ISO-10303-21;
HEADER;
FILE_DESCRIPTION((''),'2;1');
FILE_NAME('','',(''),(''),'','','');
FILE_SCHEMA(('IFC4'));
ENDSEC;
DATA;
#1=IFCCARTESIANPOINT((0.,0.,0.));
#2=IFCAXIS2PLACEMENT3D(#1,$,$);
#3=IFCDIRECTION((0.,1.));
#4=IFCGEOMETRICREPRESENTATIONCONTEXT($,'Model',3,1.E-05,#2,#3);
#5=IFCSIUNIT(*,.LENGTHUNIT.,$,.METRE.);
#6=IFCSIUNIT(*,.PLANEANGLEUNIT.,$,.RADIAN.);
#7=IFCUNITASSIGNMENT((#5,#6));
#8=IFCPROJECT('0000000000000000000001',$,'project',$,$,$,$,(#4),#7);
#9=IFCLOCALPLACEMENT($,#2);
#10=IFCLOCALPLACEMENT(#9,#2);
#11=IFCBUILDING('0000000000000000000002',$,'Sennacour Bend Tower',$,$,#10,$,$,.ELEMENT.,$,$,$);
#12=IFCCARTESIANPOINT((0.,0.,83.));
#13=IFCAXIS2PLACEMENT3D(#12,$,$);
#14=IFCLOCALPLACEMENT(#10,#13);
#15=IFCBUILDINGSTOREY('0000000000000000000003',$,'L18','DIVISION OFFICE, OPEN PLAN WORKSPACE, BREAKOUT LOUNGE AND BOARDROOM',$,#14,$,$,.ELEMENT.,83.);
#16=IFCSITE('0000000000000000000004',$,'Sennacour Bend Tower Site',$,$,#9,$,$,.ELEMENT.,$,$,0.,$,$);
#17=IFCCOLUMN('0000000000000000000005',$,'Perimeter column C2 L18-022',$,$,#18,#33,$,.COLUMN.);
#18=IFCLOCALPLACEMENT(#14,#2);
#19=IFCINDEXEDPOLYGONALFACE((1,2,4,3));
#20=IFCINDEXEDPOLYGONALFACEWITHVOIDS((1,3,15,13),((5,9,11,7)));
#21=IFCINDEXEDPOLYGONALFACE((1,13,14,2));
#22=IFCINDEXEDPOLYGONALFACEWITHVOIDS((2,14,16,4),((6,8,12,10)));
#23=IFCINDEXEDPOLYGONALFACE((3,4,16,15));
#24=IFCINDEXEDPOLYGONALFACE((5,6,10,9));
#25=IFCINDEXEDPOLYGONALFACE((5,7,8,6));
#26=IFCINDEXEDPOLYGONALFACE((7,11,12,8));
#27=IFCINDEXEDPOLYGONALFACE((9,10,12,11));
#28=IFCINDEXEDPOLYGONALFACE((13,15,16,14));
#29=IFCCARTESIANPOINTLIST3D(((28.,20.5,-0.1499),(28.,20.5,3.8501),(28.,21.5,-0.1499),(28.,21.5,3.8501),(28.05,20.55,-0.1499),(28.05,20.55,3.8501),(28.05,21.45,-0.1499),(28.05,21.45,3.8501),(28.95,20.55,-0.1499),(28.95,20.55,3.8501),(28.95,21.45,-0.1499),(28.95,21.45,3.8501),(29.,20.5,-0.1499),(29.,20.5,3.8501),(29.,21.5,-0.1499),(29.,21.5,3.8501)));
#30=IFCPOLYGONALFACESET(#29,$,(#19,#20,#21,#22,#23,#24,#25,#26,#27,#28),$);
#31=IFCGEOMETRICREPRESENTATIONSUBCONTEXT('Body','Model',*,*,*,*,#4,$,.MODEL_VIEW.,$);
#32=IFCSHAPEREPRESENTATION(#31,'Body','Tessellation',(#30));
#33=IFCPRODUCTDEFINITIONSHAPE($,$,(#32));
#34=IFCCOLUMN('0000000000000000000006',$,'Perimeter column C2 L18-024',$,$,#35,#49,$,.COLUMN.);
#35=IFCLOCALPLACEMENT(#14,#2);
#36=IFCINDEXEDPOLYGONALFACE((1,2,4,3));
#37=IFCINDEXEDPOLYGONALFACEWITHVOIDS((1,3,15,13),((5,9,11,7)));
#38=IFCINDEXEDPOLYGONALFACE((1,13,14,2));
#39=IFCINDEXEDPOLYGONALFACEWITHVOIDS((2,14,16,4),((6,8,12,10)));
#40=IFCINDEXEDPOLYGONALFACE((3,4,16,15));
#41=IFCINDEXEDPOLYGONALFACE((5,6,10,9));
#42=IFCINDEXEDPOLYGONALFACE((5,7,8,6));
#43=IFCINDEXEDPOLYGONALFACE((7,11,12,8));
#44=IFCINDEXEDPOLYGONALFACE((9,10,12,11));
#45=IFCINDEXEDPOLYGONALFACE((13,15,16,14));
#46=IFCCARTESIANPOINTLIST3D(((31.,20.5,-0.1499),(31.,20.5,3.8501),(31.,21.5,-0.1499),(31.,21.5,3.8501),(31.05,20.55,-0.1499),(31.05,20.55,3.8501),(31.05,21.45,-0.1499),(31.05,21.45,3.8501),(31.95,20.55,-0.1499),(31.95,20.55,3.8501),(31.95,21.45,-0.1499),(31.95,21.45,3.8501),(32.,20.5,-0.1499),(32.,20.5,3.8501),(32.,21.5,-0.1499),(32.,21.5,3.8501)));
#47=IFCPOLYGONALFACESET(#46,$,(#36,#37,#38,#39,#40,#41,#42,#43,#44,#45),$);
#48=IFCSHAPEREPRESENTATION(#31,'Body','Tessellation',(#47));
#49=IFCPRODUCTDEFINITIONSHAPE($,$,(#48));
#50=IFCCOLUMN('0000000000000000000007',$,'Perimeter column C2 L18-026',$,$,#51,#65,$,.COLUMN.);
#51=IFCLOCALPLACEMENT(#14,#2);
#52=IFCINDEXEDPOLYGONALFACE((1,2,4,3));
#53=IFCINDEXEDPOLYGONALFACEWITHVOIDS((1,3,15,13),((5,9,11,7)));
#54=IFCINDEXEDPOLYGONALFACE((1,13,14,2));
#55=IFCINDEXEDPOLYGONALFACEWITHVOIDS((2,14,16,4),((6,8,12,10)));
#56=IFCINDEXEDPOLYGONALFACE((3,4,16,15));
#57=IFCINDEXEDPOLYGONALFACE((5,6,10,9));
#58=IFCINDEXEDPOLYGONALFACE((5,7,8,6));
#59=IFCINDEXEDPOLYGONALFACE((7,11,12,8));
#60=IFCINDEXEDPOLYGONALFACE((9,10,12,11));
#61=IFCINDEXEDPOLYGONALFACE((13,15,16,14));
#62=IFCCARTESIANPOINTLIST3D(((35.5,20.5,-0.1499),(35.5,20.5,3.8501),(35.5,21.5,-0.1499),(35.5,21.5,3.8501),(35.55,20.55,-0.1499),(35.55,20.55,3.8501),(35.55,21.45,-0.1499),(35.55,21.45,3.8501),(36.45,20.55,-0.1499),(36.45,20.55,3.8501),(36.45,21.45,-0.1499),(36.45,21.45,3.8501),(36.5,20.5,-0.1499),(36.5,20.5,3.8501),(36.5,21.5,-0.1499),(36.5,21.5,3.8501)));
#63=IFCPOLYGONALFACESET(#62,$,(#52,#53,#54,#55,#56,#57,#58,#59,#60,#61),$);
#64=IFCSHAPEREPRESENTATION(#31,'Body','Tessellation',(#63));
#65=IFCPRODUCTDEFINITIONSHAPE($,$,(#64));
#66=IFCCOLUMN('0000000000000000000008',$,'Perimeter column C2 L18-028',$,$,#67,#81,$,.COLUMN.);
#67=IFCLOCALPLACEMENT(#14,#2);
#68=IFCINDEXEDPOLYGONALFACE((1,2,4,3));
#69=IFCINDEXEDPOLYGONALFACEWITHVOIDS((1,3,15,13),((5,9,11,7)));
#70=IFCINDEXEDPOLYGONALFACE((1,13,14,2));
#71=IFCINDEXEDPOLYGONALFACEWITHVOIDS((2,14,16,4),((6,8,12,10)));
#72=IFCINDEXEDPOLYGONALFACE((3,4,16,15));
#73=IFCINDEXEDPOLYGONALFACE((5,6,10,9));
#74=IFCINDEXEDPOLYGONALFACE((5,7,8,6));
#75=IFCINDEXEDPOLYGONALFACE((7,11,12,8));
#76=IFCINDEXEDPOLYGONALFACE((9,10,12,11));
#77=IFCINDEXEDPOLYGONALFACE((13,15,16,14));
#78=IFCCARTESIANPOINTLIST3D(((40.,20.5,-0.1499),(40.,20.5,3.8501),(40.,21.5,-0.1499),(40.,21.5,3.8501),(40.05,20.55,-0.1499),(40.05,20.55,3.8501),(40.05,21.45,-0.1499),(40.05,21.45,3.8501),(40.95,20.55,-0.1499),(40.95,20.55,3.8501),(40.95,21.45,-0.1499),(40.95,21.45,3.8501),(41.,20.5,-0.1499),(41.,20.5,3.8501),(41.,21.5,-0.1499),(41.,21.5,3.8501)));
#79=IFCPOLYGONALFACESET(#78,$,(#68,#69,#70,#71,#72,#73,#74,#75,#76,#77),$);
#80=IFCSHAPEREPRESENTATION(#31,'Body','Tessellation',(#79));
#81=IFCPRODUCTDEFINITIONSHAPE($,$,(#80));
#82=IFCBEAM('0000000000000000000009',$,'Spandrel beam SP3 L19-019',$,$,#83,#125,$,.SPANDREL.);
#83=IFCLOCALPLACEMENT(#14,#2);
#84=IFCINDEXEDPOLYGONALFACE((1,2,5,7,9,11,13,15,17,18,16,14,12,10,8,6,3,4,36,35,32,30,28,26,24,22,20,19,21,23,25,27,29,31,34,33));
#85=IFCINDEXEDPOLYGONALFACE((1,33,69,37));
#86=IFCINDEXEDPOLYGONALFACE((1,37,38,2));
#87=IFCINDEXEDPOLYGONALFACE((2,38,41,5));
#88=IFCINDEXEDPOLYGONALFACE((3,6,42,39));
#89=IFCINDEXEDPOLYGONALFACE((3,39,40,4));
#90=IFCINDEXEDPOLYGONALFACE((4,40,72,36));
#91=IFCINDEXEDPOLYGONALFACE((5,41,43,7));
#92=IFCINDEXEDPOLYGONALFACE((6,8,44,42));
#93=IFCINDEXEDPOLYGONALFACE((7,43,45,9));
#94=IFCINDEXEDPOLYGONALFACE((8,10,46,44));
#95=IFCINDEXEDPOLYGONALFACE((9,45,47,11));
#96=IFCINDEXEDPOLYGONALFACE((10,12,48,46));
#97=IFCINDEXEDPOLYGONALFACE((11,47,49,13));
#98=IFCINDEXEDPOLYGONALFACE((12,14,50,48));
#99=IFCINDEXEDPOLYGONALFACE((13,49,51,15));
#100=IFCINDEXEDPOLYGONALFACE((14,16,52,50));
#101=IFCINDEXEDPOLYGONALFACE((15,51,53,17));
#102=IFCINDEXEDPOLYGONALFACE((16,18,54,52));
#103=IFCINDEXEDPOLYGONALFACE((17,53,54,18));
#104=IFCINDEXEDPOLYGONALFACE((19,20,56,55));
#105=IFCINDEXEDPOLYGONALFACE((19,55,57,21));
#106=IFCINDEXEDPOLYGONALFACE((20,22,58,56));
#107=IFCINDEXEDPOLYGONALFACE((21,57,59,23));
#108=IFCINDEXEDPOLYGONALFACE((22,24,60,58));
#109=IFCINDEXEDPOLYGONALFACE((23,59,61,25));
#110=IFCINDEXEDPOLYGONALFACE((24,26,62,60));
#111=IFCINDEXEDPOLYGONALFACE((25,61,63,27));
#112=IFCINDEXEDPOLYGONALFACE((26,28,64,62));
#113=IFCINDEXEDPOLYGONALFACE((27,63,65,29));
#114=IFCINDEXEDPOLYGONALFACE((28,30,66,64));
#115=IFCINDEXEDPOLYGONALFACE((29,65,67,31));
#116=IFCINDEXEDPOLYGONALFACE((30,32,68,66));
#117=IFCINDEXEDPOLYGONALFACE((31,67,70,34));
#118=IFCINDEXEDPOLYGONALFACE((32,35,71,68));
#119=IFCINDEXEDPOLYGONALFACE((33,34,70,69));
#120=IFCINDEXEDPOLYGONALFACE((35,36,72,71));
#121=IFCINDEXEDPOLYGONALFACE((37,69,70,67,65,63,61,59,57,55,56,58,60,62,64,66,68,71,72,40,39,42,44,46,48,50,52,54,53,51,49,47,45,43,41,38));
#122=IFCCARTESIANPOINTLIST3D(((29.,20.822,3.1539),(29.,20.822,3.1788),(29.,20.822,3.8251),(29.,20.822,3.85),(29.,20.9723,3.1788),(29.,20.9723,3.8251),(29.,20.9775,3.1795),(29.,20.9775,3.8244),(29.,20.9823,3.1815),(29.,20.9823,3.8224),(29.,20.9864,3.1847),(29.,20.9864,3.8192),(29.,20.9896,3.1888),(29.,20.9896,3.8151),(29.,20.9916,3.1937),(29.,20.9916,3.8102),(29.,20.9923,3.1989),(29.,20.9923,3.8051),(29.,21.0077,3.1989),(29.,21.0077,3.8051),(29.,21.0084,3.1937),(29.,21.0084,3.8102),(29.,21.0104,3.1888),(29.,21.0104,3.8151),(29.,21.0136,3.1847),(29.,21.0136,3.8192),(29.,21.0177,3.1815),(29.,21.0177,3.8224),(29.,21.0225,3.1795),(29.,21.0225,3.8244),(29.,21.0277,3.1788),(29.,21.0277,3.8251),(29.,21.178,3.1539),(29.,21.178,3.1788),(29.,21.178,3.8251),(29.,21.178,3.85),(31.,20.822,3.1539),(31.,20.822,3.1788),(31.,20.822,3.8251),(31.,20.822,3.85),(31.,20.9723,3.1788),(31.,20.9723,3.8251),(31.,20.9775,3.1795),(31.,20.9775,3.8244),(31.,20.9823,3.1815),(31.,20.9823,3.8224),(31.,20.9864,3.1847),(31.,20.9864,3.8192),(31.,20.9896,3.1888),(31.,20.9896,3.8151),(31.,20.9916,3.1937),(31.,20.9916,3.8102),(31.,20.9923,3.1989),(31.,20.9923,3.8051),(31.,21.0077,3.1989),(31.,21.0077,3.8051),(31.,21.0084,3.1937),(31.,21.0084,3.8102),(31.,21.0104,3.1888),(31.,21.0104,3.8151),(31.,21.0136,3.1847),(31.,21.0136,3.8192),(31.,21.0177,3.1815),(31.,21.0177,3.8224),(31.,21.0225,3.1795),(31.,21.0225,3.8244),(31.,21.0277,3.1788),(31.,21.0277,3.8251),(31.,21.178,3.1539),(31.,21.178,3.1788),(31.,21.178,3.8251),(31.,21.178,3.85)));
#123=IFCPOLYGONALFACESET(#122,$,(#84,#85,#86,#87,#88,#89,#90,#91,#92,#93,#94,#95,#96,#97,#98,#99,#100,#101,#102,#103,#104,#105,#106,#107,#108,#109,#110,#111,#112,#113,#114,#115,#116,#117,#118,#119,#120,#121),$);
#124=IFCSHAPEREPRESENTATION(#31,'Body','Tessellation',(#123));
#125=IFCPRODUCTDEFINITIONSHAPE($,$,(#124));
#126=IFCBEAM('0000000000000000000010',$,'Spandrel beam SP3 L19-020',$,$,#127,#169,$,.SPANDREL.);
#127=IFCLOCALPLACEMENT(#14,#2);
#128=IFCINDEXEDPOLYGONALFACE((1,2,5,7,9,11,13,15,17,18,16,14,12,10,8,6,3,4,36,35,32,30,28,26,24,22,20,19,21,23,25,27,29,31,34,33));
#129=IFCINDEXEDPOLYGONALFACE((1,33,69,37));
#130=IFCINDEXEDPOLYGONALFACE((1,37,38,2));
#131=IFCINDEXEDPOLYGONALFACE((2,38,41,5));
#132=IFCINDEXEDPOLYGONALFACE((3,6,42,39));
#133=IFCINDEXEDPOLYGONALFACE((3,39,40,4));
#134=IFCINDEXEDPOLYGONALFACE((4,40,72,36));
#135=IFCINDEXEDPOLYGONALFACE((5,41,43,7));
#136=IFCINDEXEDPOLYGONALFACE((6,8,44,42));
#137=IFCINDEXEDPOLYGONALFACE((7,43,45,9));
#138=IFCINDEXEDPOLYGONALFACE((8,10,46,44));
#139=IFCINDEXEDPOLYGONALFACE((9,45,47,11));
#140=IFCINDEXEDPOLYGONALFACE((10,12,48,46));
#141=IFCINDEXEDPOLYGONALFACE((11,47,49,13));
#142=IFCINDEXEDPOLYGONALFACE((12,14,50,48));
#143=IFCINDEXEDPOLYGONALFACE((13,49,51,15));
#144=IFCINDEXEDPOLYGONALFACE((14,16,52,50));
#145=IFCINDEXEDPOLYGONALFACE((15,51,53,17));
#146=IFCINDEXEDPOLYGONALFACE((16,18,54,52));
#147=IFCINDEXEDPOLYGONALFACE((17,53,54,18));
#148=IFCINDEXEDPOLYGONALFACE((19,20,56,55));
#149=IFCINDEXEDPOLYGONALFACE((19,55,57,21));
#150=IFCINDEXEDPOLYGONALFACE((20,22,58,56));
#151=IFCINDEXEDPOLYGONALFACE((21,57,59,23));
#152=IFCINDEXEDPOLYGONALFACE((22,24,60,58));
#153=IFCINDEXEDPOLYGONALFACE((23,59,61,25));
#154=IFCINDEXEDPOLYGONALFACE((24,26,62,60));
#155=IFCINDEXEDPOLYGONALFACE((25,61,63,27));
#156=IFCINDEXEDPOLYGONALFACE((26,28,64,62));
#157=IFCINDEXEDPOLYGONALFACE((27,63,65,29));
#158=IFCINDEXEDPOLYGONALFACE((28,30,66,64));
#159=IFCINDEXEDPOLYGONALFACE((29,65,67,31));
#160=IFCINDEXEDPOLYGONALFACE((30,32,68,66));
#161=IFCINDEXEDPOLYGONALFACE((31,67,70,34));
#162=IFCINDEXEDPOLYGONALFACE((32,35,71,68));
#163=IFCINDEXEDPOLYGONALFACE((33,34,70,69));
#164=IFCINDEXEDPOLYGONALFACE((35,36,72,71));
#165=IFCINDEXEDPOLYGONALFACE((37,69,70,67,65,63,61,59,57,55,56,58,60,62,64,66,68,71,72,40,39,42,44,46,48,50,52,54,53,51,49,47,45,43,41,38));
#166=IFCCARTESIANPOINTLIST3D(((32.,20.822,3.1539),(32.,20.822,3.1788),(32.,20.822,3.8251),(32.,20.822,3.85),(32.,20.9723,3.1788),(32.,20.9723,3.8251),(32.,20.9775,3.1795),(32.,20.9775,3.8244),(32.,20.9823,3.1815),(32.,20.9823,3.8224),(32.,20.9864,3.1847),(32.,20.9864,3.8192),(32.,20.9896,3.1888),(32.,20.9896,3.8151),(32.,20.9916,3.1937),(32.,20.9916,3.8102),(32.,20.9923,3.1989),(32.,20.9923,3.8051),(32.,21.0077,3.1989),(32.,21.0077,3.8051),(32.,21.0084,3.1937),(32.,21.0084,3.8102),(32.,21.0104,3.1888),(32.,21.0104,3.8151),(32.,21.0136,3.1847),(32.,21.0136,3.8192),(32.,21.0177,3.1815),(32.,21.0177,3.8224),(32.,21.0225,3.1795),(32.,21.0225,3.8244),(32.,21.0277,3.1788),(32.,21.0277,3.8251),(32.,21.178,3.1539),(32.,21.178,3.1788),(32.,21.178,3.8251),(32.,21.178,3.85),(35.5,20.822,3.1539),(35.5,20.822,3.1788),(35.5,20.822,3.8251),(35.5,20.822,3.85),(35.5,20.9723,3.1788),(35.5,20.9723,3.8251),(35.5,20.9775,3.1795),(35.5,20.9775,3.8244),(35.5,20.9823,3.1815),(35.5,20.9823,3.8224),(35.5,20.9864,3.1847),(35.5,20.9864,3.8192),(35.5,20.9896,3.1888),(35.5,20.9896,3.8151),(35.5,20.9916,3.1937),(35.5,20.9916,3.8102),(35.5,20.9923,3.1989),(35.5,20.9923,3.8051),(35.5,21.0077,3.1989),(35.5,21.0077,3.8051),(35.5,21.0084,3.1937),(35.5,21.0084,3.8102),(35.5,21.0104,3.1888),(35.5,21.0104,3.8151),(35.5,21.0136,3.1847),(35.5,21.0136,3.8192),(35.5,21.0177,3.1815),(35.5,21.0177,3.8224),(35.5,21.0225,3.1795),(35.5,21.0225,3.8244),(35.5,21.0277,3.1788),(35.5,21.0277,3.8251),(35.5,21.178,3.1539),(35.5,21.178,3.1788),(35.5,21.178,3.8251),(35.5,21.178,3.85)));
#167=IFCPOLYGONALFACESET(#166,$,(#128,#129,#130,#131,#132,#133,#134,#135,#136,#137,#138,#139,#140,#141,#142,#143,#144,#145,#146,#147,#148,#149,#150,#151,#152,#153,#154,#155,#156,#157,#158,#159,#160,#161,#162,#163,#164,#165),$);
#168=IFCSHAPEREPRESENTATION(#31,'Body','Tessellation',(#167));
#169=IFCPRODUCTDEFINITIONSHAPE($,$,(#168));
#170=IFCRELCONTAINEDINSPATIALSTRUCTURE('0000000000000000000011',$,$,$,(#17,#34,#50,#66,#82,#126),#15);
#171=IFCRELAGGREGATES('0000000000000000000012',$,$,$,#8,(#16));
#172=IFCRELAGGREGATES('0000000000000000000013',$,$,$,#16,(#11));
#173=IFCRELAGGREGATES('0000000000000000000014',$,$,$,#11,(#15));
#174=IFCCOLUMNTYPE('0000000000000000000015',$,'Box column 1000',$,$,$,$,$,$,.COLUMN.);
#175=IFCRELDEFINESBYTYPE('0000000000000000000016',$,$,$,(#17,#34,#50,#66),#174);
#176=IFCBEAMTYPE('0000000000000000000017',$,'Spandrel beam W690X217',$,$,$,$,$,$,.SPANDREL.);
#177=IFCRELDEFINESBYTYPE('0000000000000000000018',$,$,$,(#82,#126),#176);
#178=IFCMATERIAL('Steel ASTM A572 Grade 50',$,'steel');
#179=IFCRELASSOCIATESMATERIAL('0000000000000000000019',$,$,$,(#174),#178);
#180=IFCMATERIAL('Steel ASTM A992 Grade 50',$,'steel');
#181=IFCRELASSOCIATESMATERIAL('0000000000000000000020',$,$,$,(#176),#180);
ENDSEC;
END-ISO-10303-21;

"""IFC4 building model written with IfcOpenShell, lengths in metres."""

from ifc_helpers import new_model, si_unit, direction, frame, origin, origin_2d, place, context, subcontext, project, spatial, hollow_rectangle, i_section, extrude, material, material_profile, profile_set, type_object, element, save


model = new_model("IFC4")

# Units and contexts
model_context = context("Model", 3, precision=1e-05, world=origin(), true_north=direction((0.0, 1.0)))
body_context = subcontext(model_context, "Body", "Model", "MODEL_VIEW")
ifc_project = project(units=[si_unit("LENGTHUNIT", "METRE"), si_unit("PLANEANGLEUNIT", "RADIAN")], contexts=[model_context])

# Site, building, storey
site_placement = place(None, origin())
site = spatial("IfcSite", under=ifc_project, at=site_placement, Name="Sennacour Bend Tower Site", CompositionType="ELEMENT", RefElevation=0.0)
building_placement = place(site_placement, origin())
building = spatial("IfcBuilding", under=site, at=building_placement, Name="Sennacour Bend Tower", CompositionType="ELEMENT")
storey_placement = place(building_placement, frame((0.0, 0.0, 83.0)))
storey = spatial("IfcBuildingStorey", under=building, at=storey_placement, Name="L18", Description="DIVISION OFFICE, OPEN PLAN WORKSPACE, BREAKOUT LOUNGE AND BOARDROOM", CompositionType="ELEMENT", Elevation=83.0)

# Columns
ifc_material_1 = material(Name="Steel ASTM A572 Grade 50", Category="steel")
ifc_material_profile_1 = material_profile(ifc_material_1, hollow_rectangle(XDim=1.0, YDim=1.0, WallThickness=0.05, at=origin_2d()), Name="Steel ASTM A572 Grade 50", Category="steel")
ifc_profile_set_1 = profile_set([ifc_material_profile_1], Name="Steel ASTM A572 Grade 50")
column_type = type_object("IfcColumnType", Name="Box column 1000", PredefinedType="COLUMN", material=ifc_profile_set_1)
for number, where, z_axis, x_axis, name in (
    (1, (28.5, 21.0, -0.1499), (0.0, 0.0, 1.0), (1.0, 0.0, 0.0), "Perimeter column C2 L18-022"),
    (2, (31.5, 21.0, -0.1499), (0.0, 0.0, 1.0), (1.0, 0.0, 0.0), "Perimeter column C2 L18-024"),
    (3, (36.0, 21.0, -0.1499), (0.0, 0.0, 1.0), (1.0, 0.0, 0.0), "Perimeter column C2 L18-026"),
    (4, (40.5, 21.0, -0.1499), (0.0, 0.0, 1.0), (1.0, 0.0, 0.0), "Perimeter column C2 L18-028"),
):
    element("IfcColumn", number, at=place(storey_placement, frame(where, z_axis=z_axis, x_axis=x_axis)), inside=storey, type_object=column_type, Name=name, PredefinedType="COLUMN", context=body_context, shape_type="SweptSolid", body=[
        extrude(hollow_rectangle(XDim=1.0, YDim=1.0, WallThickness=0.05, at=origin_2d()), origin(), (0.0, 0.0, 1.0), 4.0),
    ])

# Beams
ifc_material_2 = material(Name="Steel ASTM A992 Grade 50", Category="steel")
ifc_material_profile_2 = material_profile(ifc_material_2, i_section(OverallWidth=0.356, OverallDepth=0.696, WebThickness=0.0154, FlangeThickness=0.0249, FilletRadius=0.02, at=origin_2d()), Name="Steel ASTM A992 Grade 50", Category="steel")
ifc_profile_set_2 = profile_set([ifc_material_profile_2], Name="Steel ASTM A992 Grade 50")
beam_type = type_object("IfcBeamType", Name="Spandrel beam W690X217", PredefinedType="SPANDREL", material=ifc_profile_set_2)
beam_placement = place(storey_placement, frame((29.0, 21.0, 3.502), z_axis=(1.0, 0.0, 0.0), x_axis=(0.0, 1.0, 0.0)))
element("IfcBeam", 5, at=beam_placement, inside=storey, type_object=beam_type, Name="Spandrel beam SP3 L19-019", PredefinedType="SPANDREL", context=body_context, shape_type="SweptSolid", body=[
    extrude(i_section(OverallWidth=0.356, OverallDepth=0.696, WebThickness=0.0154, FlangeThickness=0.0249, FilletRadius=0.02, at=origin_2d()), origin(), (0.0, 0.0, 1.0), 2.0),
])
for number, where, z_axis, x_axis, name in (
    (6, (32.0, 21.0, 3.502), (1.0, 0.0, 0.0), (0.0, 1.0, 0.0), "Spandrel beam SP3 L19-020"),
):
    element("IfcBeam", number, at=place(storey_placement, frame(where, z_axis=z_axis, x_axis=x_axis)), inside=storey, type_object=beam_type, Name=name, PredefinedType="SPANDREL", context=body_context, shape_type="SweptSolid", body=[
        extrude(i_section(OverallWidth=0.356, OverallDepth=0.696, WebThickness=0.0154, FlangeThickness=0.0249, FilletRadius=0.02, at=origin_2d()), origin(), (0.0, 0.0, 1.0), 3.5),
    ])

save(model, "model.ifc")
